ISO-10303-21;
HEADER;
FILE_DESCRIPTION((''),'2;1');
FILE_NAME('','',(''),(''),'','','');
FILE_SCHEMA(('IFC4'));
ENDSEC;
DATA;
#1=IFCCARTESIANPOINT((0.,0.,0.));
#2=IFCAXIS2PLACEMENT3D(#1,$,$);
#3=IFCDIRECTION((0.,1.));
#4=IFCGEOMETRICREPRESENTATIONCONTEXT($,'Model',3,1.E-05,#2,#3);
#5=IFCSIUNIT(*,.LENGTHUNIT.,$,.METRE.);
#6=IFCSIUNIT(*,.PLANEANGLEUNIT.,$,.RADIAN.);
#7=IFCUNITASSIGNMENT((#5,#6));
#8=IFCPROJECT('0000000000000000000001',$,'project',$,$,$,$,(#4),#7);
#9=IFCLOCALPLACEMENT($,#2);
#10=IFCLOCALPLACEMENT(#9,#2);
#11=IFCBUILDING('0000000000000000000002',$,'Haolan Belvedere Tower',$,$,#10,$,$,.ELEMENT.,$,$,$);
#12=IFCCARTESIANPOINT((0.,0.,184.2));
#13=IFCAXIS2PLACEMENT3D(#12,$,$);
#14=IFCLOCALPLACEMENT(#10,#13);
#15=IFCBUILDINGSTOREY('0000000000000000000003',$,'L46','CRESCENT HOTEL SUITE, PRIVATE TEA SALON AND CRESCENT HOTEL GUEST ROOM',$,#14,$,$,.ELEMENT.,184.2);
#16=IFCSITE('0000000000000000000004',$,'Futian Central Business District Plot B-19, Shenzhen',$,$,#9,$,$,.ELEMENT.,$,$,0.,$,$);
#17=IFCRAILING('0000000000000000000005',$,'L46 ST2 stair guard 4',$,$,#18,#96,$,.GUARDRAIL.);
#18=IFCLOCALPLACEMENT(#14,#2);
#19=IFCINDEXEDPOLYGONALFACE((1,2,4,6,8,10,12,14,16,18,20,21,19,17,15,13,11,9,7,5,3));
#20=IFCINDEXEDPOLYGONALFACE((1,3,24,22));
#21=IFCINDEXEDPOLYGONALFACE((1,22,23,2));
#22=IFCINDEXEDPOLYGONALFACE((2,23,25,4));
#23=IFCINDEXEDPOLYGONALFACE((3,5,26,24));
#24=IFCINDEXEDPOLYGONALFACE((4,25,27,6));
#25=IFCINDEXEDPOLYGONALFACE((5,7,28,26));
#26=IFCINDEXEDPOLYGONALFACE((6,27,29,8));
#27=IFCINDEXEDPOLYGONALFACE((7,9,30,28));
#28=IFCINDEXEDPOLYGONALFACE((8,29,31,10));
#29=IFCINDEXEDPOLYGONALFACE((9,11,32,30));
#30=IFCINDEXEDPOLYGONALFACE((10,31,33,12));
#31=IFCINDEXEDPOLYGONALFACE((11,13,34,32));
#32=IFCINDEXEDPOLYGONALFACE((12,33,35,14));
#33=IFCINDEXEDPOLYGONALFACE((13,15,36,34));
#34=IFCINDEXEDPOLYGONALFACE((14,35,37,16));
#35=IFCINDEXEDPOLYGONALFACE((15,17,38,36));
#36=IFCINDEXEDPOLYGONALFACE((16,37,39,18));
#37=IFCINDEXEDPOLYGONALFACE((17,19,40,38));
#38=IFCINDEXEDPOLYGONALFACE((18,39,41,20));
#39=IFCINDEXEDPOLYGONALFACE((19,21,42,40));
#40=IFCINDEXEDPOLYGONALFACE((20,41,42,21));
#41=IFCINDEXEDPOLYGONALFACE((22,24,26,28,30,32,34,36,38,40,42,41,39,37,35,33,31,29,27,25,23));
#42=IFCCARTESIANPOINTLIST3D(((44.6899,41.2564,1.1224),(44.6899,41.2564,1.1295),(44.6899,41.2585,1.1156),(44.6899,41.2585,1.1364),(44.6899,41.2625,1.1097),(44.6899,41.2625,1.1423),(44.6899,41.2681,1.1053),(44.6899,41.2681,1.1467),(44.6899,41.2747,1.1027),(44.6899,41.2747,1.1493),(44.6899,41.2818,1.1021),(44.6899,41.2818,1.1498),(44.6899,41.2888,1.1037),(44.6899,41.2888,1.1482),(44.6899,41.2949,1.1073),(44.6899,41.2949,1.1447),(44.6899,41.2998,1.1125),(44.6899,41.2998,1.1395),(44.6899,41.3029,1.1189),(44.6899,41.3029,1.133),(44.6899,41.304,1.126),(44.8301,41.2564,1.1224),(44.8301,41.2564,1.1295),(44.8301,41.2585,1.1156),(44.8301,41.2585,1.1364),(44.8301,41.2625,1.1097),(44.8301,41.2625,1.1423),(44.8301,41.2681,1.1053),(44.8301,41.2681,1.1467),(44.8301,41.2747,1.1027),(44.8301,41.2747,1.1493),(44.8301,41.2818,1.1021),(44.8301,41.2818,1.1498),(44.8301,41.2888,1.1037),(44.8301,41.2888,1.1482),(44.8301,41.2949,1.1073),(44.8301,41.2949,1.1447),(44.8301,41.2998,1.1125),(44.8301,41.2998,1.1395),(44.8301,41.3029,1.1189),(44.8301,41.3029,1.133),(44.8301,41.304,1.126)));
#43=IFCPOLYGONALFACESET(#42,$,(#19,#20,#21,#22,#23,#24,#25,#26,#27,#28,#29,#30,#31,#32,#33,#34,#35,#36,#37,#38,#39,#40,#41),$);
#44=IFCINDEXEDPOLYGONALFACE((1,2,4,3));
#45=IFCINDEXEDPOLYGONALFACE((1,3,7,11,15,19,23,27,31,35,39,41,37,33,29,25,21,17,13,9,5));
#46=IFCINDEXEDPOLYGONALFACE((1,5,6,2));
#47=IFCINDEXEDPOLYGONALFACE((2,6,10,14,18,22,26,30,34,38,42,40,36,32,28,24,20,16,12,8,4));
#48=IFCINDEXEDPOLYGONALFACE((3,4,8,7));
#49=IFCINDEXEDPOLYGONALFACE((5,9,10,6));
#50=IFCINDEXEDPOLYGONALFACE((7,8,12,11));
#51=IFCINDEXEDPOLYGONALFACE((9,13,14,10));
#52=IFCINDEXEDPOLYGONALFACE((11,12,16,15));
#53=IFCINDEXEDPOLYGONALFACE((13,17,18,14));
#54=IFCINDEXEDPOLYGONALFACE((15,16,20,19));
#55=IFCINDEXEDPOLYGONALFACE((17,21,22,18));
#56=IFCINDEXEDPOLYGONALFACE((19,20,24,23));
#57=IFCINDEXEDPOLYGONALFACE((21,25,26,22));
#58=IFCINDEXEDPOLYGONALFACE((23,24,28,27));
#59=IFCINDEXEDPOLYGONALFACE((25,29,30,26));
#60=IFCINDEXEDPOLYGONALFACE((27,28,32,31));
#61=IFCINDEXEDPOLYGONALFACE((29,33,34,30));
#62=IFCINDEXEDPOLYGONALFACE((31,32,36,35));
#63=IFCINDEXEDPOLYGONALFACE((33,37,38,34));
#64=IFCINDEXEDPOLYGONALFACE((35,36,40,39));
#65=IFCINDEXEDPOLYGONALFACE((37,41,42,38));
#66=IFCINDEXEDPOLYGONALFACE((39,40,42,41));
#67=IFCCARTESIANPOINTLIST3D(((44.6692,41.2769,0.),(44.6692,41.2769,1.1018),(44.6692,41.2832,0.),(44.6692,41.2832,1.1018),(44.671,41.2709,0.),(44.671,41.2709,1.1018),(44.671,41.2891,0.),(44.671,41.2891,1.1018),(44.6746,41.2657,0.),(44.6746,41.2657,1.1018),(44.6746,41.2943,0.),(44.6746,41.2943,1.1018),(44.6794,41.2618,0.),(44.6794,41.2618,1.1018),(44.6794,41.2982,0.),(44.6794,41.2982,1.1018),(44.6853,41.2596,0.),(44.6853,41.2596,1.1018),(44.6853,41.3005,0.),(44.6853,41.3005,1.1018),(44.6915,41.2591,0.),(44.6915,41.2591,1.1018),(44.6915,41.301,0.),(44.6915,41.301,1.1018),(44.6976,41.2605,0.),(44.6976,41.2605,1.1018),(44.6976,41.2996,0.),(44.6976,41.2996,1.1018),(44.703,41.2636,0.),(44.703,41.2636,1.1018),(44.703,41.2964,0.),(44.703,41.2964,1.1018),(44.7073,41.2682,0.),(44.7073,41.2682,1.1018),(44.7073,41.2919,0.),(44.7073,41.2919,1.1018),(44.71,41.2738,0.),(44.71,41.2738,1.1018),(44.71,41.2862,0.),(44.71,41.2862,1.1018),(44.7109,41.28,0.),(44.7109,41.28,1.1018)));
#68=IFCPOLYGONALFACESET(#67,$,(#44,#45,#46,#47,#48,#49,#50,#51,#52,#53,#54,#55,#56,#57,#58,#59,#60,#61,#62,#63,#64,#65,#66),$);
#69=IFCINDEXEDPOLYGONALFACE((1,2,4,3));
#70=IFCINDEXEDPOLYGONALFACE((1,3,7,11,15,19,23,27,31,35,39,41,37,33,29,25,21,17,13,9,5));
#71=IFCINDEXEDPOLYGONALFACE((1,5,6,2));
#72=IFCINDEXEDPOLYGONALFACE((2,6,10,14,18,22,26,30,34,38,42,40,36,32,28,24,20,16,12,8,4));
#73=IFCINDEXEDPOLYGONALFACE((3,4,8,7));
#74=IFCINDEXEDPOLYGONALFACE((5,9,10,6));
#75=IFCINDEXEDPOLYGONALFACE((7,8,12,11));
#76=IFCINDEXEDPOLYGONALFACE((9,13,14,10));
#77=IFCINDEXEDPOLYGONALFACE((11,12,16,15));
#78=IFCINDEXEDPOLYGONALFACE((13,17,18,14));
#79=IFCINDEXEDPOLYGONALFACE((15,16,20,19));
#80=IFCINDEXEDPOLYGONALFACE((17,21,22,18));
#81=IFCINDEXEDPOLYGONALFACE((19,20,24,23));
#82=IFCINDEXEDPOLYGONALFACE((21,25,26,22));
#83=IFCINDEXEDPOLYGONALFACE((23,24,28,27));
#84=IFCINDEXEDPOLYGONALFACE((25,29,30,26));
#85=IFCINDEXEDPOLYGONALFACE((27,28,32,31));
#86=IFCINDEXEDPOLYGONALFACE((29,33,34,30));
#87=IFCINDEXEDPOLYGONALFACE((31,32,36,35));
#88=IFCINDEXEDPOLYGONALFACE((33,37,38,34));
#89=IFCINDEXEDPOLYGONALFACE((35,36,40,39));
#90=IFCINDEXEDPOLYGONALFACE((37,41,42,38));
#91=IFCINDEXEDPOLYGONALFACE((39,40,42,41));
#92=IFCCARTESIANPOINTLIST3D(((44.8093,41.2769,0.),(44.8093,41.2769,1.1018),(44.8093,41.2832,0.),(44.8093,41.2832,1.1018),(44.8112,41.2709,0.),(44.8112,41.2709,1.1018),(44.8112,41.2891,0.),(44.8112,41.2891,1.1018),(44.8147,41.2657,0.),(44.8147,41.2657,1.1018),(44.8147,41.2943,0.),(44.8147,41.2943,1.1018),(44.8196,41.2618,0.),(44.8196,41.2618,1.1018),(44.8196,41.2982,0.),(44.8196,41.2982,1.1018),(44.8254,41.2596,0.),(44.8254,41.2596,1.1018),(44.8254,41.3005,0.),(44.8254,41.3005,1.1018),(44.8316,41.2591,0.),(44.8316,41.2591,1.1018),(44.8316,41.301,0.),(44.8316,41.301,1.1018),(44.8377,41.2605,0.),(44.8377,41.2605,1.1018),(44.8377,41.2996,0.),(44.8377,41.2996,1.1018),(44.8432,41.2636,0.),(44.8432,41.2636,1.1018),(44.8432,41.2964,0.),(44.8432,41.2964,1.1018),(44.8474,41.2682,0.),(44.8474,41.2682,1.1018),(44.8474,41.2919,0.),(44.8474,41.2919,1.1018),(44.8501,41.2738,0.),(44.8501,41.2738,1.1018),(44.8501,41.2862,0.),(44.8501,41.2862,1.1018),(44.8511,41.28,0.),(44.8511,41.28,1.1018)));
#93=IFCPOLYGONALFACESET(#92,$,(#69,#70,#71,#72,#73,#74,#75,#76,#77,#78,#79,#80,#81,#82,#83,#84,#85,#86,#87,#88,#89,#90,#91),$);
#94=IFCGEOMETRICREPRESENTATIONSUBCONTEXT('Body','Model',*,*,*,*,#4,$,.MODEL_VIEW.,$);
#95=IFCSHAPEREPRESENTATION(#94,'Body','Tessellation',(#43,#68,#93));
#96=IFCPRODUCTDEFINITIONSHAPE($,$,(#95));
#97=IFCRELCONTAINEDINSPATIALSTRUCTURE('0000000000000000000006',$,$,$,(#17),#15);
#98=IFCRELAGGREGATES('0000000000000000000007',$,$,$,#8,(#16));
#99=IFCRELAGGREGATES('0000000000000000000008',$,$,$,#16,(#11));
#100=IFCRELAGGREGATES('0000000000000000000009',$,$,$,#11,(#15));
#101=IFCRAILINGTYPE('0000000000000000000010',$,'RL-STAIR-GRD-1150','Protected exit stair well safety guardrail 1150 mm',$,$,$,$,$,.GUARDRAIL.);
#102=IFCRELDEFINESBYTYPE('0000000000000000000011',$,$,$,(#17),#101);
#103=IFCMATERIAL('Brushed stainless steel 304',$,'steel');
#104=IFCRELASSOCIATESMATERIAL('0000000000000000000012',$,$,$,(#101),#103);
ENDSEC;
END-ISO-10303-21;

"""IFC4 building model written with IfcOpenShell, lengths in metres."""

from ifc_helpers import new_model, si_unit, direction, frame, origin, origin_2d, place, context, subcontext, project, spatial, circle, extrude, material, type_object, element, save


model = new_model("IFC4")

# Units and contexts
model_context = context("Model", 3, precision=1e-05, world=origin(), true_north=direction((0.0, 1.0)))
body_context = subcontext(model_context, "Body", "Model", "MODEL_VIEW")
ifc_project = project(units=[si_unit("LENGTHUNIT", "METRE"), si_unit("PLANEANGLEUNIT", "RADIAN")], contexts=[model_context])

# Site, building, storey
site_placement = place(None, origin())
site = spatial("IfcSite", under=ifc_project, at=site_placement, Name="Futian Central Business District Plot B-19, Shenzhen", CompositionType="ELEMENT", RefElevation=0.0)
building_placement = place(site_placement, origin())
building = spatial("IfcBuilding", under=site, at=building_placement, Name="Haolan Belvedere Tower", CompositionType="ELEMENT")
storey_placement = place(building_placement, frame((0.0, 0.0, 184.2)))
storey = spatial("IfcBuildingStorey", under=building, at=storey_placement, Name="L46", Description="CRESCENT HOTEL SUITE, PRIVATE TEA SALON AND CRESCENT HOTEL GUEST ROOM", CompositionType="ELEMENT", Elevation=184.2)

# Railing
ifc_material_1 = material(Name="Brushed stainless steel 304", Category="steel")
railing_type_1 = type_object("IfcRailingType", Name="RL-STAIR-GRD-1150", Description="Protected exit stair well safety guardrail 1150 mm", PredefinedType="GUARDRAIL", material=ifc_material_1)
railing_1_placement = place(storey_placement, frame((44.6899, 41.28, 0.0)))
element("IfcRailing", 1, at=railing_1_placement, inside=storey, type_object=railing_type_1, Name="L46 ST2 stair guard 4", PredefinedType="GUARDRAIL", context=body_context, shape_type="SweptSolid", body=[
    extrude(circle(Radius=0.0239, at=origin_2d()), frame((0.0, 0.0, 1.126), z_axis=(1.0, 0.0, 0.0), x_axis=(0.0, 1.0, 0.0)), (0.0, 0.0, 1.0), 0.1401),
    extrude(circle(Radius=0.021, at=origin_2d()), origin(), (0.0, 0.0, 1.0), 1.1018),
    extrude(circle(Radius=0.021, at=origin_2d()), frame((0.1401, 0.0, 0.0)), (0.0, 0.0, 1.0), 1.1018),
])

save(model, "model.ifc")
